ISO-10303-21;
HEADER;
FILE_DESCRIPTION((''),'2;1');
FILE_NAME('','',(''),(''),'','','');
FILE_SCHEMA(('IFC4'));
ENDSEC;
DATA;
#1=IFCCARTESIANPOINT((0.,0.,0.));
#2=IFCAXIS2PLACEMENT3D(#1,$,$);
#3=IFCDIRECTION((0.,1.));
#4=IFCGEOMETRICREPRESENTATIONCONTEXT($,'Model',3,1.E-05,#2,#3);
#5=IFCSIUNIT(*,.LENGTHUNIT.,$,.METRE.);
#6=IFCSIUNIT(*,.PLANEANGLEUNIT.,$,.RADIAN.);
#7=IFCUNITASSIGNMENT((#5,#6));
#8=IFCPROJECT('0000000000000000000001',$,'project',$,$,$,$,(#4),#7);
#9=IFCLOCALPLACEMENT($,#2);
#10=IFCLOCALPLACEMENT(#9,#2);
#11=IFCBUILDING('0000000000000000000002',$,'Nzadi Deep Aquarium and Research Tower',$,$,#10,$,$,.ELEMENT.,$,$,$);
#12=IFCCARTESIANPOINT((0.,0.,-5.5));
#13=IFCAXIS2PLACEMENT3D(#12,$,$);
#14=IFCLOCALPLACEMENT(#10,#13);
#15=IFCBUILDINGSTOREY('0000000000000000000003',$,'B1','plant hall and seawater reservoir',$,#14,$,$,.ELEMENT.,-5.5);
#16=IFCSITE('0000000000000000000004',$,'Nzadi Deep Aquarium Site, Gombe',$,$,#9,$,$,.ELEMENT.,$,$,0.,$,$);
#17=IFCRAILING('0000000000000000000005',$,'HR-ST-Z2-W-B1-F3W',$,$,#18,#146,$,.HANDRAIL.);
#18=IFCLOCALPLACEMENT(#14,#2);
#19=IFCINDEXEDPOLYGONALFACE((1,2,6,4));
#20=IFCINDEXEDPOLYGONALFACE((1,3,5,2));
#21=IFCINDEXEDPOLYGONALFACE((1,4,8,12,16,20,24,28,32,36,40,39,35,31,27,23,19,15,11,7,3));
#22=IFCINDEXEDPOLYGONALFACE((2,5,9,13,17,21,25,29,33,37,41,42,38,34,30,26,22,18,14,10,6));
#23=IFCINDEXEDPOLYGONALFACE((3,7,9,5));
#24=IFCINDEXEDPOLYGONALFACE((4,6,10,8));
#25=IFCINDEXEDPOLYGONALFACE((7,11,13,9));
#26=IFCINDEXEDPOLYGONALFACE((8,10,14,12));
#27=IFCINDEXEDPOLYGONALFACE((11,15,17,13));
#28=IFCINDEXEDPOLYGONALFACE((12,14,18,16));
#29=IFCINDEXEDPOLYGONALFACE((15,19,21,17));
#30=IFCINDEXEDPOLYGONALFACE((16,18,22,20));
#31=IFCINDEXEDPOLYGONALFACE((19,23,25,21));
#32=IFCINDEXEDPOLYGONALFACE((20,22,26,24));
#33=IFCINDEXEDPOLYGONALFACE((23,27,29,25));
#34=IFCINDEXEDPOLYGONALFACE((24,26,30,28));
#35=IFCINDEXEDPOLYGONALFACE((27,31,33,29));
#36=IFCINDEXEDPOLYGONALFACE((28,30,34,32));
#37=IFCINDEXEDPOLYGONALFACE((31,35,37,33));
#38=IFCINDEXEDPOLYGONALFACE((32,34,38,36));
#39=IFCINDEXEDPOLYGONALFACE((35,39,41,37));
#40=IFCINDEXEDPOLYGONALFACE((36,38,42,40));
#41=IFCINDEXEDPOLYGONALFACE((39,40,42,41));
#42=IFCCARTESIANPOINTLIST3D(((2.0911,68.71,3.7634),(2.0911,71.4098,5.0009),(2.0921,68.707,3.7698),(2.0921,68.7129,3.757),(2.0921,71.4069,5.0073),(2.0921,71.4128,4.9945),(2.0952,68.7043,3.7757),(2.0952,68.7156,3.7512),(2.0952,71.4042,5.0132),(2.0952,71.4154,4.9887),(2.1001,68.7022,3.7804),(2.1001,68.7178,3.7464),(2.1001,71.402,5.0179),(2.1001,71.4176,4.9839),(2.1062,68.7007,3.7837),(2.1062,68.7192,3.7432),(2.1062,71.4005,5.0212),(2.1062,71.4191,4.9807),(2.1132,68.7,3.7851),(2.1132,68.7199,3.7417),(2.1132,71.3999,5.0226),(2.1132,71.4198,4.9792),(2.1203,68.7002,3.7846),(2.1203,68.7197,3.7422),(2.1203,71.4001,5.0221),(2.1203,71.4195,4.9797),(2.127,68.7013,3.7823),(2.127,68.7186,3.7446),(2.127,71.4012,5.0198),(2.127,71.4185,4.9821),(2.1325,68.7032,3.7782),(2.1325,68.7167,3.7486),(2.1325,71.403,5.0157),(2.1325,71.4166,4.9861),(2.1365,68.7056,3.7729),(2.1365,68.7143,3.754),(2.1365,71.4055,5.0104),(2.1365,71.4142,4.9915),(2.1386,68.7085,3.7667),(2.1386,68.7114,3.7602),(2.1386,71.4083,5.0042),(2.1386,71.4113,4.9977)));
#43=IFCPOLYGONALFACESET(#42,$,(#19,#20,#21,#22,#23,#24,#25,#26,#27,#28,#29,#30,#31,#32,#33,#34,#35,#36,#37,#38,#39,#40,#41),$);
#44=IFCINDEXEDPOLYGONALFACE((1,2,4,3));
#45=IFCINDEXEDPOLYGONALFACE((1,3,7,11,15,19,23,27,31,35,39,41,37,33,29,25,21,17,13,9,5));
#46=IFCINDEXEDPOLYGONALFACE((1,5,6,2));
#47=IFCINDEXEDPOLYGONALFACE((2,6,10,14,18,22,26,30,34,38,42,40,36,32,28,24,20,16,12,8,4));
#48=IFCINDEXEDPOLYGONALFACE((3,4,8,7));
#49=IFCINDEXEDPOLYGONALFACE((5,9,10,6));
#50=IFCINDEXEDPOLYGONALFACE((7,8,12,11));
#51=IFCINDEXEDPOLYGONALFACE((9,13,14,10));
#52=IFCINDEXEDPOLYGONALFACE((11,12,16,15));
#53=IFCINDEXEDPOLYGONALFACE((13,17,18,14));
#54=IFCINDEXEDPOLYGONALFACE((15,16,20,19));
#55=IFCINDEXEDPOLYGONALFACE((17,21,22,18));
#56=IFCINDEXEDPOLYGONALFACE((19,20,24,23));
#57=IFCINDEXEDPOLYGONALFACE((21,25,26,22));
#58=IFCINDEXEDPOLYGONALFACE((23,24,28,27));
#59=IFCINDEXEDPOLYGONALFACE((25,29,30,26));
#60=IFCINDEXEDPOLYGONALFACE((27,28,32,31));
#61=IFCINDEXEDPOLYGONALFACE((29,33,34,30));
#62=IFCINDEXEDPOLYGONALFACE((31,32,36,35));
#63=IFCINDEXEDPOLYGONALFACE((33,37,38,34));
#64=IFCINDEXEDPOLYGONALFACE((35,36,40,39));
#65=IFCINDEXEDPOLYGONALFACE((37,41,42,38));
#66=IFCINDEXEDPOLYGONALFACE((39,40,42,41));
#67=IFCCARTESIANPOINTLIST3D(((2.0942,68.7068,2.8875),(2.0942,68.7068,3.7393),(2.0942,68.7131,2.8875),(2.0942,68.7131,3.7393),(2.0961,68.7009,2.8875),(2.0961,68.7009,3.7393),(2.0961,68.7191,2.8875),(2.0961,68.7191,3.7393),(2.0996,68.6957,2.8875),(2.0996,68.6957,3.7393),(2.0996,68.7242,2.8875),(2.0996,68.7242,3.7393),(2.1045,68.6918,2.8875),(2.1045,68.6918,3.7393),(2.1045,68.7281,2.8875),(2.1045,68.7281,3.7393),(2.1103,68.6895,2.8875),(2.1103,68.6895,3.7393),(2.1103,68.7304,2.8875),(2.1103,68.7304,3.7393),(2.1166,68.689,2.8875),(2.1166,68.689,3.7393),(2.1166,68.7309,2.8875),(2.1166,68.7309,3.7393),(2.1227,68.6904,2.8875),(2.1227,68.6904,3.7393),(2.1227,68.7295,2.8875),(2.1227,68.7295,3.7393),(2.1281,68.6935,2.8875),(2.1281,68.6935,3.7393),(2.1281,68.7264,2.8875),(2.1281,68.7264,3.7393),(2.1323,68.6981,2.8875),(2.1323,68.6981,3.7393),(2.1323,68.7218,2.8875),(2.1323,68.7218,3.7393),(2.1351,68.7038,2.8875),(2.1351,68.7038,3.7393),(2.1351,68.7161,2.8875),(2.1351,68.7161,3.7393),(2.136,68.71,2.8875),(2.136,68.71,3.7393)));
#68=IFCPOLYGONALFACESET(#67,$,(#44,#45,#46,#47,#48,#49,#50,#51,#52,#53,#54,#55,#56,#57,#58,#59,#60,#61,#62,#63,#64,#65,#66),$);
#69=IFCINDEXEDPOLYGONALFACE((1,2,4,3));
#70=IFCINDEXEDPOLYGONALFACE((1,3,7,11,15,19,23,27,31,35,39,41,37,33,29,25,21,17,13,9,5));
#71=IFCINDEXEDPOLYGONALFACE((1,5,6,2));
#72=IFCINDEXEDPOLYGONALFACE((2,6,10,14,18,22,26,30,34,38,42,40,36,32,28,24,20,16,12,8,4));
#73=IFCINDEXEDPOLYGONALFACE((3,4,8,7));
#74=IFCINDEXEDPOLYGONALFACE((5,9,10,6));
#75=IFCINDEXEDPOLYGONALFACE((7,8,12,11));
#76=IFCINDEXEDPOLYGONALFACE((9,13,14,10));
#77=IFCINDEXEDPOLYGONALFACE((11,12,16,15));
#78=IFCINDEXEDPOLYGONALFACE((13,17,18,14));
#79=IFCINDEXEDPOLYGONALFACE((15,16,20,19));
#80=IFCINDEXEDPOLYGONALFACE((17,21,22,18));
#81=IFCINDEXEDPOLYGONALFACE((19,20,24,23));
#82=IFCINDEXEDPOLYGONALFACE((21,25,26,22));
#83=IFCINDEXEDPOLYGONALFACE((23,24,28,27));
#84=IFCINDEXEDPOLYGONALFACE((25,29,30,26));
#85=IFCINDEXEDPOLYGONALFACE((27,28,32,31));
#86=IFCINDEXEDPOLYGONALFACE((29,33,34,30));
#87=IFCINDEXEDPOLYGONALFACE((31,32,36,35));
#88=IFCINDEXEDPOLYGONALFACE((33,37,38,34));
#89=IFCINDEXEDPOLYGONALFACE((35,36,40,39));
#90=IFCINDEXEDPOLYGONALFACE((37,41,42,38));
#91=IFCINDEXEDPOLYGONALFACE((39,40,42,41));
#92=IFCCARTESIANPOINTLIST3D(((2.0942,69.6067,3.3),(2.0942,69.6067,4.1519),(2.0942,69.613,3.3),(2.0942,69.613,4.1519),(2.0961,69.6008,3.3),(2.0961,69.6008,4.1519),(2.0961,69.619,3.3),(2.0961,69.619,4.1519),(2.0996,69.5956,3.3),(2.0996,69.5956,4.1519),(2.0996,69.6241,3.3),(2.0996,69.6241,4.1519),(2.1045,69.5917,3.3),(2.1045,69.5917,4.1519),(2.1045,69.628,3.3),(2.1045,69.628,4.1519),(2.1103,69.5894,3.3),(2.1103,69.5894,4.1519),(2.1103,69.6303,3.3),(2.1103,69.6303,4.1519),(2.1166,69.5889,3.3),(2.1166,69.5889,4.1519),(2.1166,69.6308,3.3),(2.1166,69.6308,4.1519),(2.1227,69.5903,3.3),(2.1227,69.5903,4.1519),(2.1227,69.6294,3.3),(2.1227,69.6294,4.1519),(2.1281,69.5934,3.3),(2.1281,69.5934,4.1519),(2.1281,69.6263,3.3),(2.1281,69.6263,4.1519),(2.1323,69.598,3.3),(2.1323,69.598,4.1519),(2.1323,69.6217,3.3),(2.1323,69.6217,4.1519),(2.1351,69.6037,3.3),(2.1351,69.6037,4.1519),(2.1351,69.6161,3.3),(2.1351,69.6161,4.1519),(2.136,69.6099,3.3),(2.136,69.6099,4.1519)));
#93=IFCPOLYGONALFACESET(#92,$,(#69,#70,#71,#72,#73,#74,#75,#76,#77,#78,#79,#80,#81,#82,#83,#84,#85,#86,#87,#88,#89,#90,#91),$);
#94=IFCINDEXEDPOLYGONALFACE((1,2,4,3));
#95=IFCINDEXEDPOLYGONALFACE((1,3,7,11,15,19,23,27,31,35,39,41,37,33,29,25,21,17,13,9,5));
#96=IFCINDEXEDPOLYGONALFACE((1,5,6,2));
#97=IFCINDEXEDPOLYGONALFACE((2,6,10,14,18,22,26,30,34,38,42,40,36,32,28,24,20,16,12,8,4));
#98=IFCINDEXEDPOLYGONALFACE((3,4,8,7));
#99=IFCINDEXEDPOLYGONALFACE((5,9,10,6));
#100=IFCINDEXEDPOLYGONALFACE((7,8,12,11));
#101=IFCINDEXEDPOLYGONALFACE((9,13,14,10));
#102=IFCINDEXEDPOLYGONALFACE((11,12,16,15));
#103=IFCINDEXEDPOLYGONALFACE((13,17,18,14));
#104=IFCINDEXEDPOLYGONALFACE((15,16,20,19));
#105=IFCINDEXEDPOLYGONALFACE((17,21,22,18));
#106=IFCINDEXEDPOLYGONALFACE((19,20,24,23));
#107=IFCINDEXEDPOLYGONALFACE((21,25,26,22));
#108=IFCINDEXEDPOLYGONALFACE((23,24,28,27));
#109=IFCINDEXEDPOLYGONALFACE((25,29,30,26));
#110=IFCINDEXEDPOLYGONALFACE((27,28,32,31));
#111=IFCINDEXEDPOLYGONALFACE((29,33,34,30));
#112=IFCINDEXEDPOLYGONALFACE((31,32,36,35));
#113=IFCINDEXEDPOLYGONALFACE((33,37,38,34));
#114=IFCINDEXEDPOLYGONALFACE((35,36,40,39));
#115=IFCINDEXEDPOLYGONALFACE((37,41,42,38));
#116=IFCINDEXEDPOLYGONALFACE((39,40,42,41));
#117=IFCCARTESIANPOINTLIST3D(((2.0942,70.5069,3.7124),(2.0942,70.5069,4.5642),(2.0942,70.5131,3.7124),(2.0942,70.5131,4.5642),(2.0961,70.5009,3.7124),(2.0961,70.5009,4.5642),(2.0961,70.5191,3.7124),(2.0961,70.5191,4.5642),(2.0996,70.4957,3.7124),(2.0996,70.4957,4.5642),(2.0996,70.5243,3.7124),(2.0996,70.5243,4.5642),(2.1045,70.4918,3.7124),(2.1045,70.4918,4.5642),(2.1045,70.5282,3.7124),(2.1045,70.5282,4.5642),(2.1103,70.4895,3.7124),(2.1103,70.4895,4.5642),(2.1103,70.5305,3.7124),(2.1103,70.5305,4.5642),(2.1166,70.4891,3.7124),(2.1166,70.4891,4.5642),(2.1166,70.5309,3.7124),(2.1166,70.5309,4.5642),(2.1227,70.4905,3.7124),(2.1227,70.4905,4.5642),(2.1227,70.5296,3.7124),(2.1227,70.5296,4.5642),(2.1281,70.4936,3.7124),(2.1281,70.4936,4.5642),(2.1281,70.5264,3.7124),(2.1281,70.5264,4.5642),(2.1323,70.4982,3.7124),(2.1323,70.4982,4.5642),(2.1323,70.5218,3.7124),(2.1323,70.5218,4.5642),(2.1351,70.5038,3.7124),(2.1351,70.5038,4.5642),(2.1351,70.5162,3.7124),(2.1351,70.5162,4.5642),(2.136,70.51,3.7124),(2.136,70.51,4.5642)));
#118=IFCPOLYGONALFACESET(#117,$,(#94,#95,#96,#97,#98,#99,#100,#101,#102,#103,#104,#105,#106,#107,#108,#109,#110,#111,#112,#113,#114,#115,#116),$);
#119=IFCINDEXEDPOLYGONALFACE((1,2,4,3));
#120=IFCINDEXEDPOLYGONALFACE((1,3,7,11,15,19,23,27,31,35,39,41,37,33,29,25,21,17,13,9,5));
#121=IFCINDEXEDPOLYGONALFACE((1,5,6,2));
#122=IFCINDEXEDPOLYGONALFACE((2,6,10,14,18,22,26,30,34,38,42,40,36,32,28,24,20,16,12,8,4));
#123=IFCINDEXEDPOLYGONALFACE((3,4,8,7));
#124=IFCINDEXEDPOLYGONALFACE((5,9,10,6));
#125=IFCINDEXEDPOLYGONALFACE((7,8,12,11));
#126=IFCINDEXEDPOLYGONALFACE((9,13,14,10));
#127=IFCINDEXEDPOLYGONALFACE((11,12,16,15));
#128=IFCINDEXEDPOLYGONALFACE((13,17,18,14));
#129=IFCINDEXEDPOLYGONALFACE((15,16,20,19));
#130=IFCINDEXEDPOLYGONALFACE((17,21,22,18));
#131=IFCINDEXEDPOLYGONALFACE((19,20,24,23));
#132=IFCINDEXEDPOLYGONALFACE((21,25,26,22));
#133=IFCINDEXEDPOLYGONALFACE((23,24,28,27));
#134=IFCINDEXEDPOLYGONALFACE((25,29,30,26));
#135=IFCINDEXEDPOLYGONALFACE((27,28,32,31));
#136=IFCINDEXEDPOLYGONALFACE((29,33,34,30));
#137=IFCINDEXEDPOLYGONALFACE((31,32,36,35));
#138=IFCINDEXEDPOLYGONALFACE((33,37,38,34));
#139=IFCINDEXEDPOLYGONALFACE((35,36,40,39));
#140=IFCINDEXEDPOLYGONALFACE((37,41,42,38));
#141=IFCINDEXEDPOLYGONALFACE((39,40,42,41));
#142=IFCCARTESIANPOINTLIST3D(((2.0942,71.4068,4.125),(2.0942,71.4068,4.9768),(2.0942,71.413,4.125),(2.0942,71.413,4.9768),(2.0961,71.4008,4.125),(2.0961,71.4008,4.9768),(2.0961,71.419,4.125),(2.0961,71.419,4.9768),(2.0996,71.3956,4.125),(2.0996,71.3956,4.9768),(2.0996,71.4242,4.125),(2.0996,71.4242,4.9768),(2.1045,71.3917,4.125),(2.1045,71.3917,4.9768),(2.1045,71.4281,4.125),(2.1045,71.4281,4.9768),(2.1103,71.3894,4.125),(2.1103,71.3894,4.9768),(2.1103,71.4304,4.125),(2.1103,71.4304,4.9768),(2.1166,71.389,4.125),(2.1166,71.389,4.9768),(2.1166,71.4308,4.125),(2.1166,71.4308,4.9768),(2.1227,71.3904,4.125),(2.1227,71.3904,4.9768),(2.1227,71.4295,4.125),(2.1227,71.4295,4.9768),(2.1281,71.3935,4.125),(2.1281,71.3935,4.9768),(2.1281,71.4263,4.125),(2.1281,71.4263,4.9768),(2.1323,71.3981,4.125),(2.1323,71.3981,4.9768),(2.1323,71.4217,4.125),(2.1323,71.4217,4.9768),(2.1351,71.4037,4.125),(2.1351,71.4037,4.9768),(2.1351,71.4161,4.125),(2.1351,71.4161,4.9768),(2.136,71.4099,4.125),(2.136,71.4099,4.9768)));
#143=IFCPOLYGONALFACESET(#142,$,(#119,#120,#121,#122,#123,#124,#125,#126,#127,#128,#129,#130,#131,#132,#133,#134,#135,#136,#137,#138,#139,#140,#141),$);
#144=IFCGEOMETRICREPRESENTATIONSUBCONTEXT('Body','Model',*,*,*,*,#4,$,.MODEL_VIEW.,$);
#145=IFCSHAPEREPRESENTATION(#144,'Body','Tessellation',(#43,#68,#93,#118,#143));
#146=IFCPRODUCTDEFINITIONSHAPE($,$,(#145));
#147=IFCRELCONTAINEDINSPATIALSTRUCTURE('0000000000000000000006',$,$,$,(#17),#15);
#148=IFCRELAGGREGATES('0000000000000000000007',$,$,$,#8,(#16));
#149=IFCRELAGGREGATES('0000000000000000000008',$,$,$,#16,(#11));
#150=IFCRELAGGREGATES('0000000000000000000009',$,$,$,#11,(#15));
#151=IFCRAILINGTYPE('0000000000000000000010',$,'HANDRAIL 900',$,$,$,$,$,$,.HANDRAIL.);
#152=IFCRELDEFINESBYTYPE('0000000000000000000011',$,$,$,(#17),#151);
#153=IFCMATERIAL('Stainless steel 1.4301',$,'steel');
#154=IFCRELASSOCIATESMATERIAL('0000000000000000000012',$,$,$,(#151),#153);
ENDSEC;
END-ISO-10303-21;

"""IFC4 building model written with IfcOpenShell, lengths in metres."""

from ifc_helpers import new_model, si_unit, direction, frame, origin, origin_2d, place, context, subcontext, project, spatial, circle, extrude, material, type_object, element, save


model = new_model("IFC4")

# Units and contexts
model_context = context("Model", 3, precision=1e-05, world=origin(), true_north=direction((0.0, 1.0)))
body_context = subcontext(model_context, "Body", "Model", "MODEL_VIEW")
ifc_project = project(units=[si_unit("LENGTHUNIT", "METRE"), si_unit("PLANEANGLEUNIT", "RADIAN")], contexts=[model_context])

# Site, building, storey
site_placement = place(None, origin())
site = spatial("IfcSite", under=ifc_project, at=site_placement, Name="Nzadi Deep Aquarium Site, Gombe", CompositionType="ELEMENT", RefElevation=0.0)
building_placement = place(site_placement, origin())
building = spatial("IfcBuilding", under=site, at=building_placement, Name="Nzadi Deep Aquarium and Research Tower", CompositionType="ELEMENT")
storey_placement = place(building_placement, frame((0.0, 0.0, -5.5)))
storey = spatial("IfcBuildingStorey", under=building, at=storey_placement, Name="B1", Description="plant hall and seawater reservoir", CompositionType="ELEMENT", Elevation=-5.5)

# Railing
ifc_material_1 = material(Name="Stainless steel 1.4301", Category="steel")
railing_type = type_object("IfcRailingType", Name="HANDRAIL 900", PredefinedType="HANDRAIL", material=ifc_material_1)
for number, where, name in (
    (1, (2.115, 68.71, 2.8875), "HR-ST-Z2-W-B1-F3W"),
):
    element("IfcRailing", number, at=place(storey_placement, frame(where)), inside=storey, type_object=railing_type, Name=name, PredefinedType="HANDRAIL", context=body_context, shape_type="SweptSolid", body=[
        extrude(circle(Radius=0.0239, at=origin_2d()), frame((0.0, 0.0, 0.876), z_axis=(0.0, 0.909056, 0.416675), x_axis=(-1.0, 0.0, 0.0)), (0.0, 0.0, 1.0), 2.97),
        extrude(circle(Radius=0.021, at=origin_2d()), origin(), (0.0, 0.0, 1.0), 0.8518),
        extrude(circle(Radius=0.021, at=origin_2d()), frame((0.0, 0.8999, 0.4126)), (0.0, 0.0, 1.0), 0.8518),
        extrude(circle(Radius=0.021, at=origin_2d()), frame((0.0, 1.8, 0.825)), (0.0, 0.0, 1.0), 0.8518),
        extrude(circle(Radius=0.021, at=origin_2d()), frame((0.0, 2.7, 1.2375)), (0.0, 0.0, 1.0), 0.8518),
    ])

save(model, "model.ifc")
